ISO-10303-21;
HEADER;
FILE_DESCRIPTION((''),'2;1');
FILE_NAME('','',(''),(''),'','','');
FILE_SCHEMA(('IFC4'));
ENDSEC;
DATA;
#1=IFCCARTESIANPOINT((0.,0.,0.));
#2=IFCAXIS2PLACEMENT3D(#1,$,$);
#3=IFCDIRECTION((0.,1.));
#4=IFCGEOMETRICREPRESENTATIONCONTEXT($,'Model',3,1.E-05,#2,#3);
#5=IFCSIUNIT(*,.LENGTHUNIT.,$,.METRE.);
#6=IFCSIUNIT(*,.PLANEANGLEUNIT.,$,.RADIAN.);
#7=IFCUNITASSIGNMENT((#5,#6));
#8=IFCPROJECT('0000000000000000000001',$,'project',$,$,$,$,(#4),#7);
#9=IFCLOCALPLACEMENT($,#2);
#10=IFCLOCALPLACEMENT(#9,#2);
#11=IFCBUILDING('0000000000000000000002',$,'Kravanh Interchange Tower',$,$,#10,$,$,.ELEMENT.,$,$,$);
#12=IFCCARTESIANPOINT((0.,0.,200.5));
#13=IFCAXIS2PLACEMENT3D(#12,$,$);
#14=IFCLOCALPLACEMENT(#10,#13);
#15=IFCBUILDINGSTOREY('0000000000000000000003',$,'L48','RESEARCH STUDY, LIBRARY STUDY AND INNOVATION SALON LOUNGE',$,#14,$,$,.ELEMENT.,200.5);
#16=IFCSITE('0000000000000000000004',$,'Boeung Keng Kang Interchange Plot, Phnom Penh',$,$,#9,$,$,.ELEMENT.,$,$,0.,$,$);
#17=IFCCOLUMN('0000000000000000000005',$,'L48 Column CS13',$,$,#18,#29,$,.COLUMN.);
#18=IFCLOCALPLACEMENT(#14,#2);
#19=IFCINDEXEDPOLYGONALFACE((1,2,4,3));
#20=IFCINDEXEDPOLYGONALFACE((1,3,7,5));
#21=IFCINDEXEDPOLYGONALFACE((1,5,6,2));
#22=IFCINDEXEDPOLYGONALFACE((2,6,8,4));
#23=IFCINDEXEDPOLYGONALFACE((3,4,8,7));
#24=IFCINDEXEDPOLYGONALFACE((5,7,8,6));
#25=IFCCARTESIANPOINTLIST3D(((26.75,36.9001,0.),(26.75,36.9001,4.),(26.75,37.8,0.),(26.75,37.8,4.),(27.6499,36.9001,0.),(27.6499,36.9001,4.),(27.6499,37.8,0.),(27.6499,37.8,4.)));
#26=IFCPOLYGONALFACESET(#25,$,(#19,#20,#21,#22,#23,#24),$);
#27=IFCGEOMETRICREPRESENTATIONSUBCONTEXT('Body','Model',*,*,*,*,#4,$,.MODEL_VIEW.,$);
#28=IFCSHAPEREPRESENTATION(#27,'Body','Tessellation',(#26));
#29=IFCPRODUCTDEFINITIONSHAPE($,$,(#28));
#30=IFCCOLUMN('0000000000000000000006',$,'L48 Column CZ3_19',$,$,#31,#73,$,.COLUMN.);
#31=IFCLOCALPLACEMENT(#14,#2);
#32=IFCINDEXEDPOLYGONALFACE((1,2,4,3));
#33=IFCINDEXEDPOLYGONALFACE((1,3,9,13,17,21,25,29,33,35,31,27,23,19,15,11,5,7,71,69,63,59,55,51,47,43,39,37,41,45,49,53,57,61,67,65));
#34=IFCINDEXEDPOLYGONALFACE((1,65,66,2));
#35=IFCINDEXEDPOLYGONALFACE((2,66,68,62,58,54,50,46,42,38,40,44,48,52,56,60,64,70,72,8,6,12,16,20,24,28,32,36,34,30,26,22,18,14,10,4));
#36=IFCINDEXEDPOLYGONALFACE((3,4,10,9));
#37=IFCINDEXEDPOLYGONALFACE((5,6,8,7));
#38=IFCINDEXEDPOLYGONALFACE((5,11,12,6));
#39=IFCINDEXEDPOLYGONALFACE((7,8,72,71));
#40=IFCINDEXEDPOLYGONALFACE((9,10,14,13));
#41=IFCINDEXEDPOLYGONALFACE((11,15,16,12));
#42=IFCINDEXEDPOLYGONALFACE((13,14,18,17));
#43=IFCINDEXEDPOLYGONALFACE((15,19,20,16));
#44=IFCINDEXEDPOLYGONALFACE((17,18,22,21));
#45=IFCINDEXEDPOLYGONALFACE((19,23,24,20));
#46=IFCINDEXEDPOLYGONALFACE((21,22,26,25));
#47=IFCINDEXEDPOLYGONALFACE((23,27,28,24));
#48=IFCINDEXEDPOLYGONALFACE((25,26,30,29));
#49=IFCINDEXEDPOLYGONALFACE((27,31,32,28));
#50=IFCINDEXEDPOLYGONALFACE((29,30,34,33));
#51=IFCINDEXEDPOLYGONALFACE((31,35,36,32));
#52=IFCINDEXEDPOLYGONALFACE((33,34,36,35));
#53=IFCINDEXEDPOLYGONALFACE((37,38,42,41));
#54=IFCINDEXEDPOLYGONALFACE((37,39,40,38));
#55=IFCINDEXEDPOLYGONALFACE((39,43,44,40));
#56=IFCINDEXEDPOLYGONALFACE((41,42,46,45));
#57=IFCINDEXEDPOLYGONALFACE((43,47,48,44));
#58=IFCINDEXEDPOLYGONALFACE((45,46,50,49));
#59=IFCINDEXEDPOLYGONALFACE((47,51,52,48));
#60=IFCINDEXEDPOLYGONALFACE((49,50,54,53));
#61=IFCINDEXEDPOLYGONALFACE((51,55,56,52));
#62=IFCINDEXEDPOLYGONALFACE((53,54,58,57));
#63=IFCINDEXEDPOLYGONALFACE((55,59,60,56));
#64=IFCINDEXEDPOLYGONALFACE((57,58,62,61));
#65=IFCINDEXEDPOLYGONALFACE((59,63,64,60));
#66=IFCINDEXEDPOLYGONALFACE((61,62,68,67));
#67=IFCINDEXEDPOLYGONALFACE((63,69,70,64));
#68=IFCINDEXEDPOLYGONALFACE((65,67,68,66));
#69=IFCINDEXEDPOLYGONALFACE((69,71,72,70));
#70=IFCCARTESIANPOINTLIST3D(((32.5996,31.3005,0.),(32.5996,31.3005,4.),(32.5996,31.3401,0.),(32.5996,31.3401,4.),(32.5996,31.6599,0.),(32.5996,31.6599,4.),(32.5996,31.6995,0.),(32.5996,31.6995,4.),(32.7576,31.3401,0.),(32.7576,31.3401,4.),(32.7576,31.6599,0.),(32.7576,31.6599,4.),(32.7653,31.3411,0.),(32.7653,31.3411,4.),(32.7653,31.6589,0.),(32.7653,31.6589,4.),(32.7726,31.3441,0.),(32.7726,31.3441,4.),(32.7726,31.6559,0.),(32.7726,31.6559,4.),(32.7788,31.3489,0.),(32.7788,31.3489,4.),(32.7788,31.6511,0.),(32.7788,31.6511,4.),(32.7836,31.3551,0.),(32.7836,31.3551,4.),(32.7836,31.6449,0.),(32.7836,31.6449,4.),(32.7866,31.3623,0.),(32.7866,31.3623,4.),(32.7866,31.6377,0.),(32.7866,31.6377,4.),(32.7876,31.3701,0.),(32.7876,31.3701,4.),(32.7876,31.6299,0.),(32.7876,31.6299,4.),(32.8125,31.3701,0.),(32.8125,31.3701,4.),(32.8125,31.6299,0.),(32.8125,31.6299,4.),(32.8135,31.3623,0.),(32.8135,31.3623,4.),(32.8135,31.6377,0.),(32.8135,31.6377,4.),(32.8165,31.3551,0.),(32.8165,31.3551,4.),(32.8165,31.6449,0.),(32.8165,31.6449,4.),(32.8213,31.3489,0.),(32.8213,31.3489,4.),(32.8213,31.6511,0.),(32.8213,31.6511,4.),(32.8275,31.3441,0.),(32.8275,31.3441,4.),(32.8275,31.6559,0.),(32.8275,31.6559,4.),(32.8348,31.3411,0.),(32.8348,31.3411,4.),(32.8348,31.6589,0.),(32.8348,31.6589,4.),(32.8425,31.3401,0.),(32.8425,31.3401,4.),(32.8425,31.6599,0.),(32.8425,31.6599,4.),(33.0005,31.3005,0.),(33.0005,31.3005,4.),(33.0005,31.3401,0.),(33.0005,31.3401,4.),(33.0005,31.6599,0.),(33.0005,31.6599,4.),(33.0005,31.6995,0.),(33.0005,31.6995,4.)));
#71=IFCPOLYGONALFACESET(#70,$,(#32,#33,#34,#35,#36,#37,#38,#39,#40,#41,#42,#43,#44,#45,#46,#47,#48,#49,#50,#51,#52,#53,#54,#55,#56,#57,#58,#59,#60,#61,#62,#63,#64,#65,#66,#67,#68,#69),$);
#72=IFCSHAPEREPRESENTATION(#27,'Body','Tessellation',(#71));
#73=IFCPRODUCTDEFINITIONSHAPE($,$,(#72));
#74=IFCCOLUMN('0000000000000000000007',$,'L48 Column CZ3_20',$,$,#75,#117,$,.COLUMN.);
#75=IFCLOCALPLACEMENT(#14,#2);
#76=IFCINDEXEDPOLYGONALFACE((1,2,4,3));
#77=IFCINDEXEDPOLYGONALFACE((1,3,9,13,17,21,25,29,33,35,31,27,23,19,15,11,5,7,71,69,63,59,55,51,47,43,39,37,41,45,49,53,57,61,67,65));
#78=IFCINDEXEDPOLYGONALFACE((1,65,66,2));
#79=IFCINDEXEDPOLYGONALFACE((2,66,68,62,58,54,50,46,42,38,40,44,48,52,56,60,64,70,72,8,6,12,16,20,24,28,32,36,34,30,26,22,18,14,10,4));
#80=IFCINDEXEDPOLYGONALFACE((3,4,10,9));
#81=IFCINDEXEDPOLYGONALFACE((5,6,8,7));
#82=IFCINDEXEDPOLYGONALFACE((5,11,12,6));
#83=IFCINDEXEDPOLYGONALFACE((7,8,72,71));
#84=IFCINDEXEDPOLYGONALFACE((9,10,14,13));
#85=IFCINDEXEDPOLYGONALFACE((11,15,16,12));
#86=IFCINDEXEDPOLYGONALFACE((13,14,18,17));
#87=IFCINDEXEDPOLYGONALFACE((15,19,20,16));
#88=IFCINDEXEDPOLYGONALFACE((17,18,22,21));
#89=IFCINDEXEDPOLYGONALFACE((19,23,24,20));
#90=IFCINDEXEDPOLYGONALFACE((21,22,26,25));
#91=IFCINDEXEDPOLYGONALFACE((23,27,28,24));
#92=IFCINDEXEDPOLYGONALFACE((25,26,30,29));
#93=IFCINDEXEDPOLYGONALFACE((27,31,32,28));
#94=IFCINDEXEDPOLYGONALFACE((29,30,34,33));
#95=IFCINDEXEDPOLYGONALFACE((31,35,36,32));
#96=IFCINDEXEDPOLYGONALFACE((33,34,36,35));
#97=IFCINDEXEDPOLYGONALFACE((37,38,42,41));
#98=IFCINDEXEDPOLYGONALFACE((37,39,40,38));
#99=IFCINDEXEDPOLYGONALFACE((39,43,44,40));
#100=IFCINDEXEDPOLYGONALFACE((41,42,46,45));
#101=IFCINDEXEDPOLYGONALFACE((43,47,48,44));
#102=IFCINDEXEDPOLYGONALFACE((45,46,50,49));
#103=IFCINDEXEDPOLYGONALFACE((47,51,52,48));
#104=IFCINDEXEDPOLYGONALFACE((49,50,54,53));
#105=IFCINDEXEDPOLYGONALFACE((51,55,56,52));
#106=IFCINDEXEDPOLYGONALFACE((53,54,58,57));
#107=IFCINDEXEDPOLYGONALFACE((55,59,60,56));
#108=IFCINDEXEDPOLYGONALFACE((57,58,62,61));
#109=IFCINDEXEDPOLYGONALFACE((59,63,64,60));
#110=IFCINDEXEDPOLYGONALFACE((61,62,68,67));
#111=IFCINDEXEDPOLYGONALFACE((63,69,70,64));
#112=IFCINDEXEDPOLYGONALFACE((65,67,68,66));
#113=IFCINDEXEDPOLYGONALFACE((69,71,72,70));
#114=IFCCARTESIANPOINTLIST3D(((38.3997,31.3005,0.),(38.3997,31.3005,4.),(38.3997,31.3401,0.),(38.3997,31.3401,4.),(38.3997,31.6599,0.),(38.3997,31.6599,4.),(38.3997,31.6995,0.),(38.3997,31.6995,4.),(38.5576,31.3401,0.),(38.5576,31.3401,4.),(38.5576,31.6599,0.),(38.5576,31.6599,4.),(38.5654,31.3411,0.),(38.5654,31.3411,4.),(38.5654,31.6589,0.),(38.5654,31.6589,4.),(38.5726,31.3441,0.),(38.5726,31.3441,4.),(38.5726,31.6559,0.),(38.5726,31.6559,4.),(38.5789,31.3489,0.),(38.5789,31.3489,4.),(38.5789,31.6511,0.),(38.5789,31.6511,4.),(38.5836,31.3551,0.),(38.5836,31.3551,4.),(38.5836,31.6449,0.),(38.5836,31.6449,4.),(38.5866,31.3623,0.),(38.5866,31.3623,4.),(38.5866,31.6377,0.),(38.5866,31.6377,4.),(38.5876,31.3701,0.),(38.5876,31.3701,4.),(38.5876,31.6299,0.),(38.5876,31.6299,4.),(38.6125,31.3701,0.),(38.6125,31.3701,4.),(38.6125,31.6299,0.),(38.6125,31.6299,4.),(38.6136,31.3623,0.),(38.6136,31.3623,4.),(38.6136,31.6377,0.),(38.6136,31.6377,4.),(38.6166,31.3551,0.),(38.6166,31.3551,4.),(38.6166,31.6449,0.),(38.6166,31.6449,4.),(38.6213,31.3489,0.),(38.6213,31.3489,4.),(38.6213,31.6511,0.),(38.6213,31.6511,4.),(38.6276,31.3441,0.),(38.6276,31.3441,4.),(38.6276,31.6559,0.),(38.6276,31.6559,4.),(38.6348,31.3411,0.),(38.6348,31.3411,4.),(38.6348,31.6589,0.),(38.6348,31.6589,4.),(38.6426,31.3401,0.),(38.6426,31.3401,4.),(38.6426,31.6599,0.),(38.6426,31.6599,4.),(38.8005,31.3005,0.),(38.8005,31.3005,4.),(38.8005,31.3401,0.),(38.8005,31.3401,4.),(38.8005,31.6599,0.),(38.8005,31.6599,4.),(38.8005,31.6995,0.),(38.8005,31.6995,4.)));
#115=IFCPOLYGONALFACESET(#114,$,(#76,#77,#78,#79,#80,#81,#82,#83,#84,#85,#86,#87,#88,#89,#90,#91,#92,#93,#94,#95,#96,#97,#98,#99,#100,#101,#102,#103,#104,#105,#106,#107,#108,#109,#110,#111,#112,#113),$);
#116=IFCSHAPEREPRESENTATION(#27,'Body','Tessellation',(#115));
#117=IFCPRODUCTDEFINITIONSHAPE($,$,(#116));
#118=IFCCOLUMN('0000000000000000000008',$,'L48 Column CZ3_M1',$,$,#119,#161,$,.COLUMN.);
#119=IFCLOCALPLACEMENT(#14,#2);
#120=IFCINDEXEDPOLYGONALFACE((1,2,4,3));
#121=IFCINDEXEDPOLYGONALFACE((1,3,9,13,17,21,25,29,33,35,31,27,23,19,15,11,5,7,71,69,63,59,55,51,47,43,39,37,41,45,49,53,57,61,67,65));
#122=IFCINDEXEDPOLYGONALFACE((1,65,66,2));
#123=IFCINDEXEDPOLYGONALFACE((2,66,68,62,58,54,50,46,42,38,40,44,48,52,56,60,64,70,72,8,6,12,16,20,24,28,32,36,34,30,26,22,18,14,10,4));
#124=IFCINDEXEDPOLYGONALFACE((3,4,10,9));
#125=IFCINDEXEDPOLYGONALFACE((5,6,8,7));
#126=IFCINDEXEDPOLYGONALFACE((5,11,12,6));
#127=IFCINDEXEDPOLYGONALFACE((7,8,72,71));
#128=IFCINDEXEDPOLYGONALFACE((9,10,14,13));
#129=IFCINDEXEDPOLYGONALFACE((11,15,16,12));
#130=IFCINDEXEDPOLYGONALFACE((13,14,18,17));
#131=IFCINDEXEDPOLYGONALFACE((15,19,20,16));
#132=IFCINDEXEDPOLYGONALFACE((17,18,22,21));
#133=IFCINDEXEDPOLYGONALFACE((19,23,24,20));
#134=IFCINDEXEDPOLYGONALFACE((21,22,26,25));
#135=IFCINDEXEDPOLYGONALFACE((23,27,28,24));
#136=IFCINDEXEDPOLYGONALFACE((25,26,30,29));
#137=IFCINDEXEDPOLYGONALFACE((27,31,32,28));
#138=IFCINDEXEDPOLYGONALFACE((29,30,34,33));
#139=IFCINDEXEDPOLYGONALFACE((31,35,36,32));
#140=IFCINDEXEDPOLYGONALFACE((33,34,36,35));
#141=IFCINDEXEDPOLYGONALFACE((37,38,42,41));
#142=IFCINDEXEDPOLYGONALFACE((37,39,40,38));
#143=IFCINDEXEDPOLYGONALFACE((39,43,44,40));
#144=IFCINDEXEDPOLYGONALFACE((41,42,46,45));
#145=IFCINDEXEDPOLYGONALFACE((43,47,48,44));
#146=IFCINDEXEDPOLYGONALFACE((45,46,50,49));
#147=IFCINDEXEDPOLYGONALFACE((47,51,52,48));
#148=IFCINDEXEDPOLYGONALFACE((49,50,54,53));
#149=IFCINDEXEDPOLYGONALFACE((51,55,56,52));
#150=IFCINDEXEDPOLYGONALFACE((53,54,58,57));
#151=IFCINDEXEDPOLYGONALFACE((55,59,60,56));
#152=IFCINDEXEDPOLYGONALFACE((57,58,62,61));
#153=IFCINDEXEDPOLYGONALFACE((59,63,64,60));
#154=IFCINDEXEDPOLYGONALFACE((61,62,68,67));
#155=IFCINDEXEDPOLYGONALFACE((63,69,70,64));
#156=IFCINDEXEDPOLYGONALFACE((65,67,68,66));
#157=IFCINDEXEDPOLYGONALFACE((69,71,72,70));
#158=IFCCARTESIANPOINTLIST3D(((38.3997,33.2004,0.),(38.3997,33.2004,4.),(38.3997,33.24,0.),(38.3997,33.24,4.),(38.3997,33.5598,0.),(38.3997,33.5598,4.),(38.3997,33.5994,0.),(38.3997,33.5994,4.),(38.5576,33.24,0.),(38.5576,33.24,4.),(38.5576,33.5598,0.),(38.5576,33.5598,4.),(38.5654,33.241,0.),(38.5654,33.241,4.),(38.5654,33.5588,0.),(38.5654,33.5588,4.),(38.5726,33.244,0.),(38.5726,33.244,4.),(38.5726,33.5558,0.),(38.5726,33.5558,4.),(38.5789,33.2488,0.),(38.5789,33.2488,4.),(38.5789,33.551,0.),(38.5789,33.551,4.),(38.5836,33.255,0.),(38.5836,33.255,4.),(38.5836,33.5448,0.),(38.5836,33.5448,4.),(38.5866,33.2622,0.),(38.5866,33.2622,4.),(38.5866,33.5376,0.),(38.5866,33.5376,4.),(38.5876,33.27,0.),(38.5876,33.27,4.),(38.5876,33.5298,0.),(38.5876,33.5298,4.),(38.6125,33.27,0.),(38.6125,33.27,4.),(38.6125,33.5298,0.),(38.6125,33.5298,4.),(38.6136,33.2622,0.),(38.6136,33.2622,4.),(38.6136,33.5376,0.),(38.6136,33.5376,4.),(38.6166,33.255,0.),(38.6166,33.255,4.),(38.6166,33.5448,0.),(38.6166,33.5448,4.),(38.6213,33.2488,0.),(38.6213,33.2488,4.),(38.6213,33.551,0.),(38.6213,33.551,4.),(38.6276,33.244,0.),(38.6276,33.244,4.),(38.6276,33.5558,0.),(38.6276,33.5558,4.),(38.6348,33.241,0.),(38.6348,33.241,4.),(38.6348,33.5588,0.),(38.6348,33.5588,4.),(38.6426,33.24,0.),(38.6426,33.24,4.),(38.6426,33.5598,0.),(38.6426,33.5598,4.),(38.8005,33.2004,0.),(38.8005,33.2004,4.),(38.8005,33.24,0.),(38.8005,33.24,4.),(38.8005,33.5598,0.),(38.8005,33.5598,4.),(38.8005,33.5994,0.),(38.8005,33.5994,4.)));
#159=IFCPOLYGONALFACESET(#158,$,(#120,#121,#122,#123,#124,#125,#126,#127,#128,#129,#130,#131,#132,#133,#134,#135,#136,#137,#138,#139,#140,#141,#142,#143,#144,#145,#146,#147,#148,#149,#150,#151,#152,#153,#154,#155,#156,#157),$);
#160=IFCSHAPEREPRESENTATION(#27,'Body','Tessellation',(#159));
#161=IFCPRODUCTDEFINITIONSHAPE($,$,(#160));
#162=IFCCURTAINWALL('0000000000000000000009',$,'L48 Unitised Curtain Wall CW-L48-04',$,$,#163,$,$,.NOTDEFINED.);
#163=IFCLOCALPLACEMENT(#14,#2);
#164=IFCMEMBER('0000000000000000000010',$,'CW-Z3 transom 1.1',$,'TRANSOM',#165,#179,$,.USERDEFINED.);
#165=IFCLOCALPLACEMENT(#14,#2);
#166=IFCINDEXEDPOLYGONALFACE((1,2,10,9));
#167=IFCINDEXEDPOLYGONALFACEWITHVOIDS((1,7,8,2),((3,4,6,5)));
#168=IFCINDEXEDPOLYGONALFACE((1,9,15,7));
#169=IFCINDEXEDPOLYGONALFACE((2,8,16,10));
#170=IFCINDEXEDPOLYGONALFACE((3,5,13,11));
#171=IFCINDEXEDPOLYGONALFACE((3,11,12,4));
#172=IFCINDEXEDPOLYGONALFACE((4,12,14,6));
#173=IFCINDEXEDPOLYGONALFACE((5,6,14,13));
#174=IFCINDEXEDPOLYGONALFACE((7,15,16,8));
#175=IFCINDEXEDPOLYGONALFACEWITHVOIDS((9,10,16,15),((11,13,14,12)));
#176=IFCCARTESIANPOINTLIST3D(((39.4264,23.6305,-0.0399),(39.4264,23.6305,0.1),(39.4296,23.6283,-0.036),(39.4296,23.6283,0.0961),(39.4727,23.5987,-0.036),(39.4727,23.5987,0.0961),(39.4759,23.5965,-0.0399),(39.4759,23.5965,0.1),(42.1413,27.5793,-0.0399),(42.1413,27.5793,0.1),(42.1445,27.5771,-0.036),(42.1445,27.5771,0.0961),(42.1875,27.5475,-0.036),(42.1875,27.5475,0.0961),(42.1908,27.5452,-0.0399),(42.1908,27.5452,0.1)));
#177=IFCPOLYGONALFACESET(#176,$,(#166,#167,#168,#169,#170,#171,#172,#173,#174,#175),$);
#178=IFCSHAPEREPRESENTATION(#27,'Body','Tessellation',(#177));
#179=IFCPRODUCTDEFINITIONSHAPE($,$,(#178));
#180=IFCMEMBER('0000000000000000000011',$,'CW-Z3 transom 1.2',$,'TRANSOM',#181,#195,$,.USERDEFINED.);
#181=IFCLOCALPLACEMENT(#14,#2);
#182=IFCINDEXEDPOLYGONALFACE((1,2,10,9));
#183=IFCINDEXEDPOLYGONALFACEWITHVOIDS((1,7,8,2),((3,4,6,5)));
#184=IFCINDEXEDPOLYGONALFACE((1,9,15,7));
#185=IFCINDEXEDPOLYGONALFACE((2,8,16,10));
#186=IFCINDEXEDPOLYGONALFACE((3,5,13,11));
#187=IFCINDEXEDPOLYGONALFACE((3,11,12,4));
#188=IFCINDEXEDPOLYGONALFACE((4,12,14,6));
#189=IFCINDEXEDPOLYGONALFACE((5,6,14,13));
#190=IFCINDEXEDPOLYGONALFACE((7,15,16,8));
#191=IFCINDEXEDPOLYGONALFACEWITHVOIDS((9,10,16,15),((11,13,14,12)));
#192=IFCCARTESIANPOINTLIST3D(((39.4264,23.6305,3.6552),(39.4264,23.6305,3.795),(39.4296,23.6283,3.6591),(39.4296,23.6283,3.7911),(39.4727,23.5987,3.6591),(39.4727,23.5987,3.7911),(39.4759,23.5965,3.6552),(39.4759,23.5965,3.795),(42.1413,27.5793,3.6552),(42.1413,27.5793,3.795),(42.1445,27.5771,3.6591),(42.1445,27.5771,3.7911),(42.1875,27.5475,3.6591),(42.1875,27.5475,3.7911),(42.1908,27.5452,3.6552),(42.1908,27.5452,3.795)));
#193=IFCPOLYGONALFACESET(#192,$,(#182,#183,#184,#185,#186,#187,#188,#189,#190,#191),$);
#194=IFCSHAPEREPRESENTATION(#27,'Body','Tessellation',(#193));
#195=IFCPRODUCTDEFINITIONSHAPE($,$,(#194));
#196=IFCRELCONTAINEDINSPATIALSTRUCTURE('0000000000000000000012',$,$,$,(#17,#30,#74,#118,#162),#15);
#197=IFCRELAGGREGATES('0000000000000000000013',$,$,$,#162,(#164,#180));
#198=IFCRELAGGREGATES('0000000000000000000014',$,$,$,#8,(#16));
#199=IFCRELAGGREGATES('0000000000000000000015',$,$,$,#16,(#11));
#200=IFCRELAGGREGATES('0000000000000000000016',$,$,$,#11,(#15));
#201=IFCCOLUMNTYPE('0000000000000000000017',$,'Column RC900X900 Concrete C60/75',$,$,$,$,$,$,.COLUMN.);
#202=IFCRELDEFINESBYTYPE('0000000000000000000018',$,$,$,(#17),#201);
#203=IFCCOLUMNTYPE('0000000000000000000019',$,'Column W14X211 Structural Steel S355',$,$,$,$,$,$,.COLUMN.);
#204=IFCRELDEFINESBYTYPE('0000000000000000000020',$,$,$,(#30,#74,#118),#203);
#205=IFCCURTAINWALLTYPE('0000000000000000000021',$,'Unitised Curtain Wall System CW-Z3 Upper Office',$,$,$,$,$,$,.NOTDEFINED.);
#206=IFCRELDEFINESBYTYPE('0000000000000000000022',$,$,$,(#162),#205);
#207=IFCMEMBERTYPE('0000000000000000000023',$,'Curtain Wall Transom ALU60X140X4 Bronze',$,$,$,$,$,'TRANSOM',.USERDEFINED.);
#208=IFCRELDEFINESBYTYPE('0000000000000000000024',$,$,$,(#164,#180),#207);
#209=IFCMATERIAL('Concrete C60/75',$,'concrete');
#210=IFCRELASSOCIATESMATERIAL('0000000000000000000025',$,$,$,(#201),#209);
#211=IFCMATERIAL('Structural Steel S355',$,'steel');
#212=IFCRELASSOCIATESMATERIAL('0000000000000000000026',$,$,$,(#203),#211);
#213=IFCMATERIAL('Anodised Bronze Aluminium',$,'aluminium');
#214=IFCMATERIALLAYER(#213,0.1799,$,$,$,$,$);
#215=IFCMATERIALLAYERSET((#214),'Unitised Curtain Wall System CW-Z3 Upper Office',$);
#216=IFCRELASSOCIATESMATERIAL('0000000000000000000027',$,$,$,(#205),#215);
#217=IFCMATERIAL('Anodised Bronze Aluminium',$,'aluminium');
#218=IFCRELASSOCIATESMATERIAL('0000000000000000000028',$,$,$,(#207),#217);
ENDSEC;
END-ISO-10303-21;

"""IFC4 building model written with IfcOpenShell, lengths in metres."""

from ifc_helpers import new_model, si_unit, direction, frame, origin, origin_2d, place, context, subcontext, project, spatial, rectangle, hollow_rectangle, i_section, extrude, material, layer, layer_set, material_profile, profile_set, type_object, element, aggregate, save


model = new_model("IFC4")

# Units and contexts
model_context = context("Model", 3, precision=1e-05, world=origin(), true_north=direction((0.0, 1.0)))
body_context = subcontext(model_context, "Body", "Model", "MODEL_VIEW")
ifc_project = project(units=[si_unit("LENGTHUNIT", "METRE"), si_unit("PLANEANGLEUNIT", "RADIAN")], contexts=[model_context])

# Site, building, storey
site_placement = place(None, origin())
site = spatial("IfcSite", under=ifc_project, at=site_placement, Name="Boeung Keng Kang Interchange Plot, Phnom Penh", CompositionType="ELEMENT", RefElevation=0.0)
building_placement = place(site_placement, origin())
building = spatial("IfcBuilding", under=site, at=building_placement, Name="Kravanh Interchange Tower", CompositionType="ELEMENT")
storey_placement = place(building_placement, frame((0.0, 0.0, 200.5)))
storey = spatial("IfcBuildingStorey", under=building, at=storey_placement, Name="L48", Description="RESEARCH STUDY, LIBRARY STUDY AND INNOVATION SALON LOUNGE", CompositionType="ELEMENT", Elevation=200.5)

# Columns
ifc_material_1 = material(Name="Concrete C60/75", Category="concrete")
ifc_material_profile_1 = material_profile(ifc_material_1, rectangle(XDim=0.8999, YDim=0.8999, at=origin_2d()), Name="RC900X900")
ifc_profile_set_1 = profile_set([ifc_material_profile_1], Name="Concrete C60/75")
column_type_1 = type_object("IfcColumnType", Name="Column RC900X900 Concrete C60/75", PredefinedType="COLUMN", material=ifc_profile_set_1)
column_placement = place(storey_placement, frame((27.2, 37.3501, 0.0), z_axis=(0.0, 0.0, 1.0), x_axis=(1.0, 0.0, 0.0)))
element("IfcColumn", 1, at=column_placement, inside=storey, type_object=column_type_1, Name="L48 Column CS13", PredefinedType="COLUMN", context=body_context, shape_type="SweptSolid", body=[
    extrude(rectangle(XDim=0.8999, YDim=0.8999, at=origin_2d()), origin(), (0.0, 0.0, 1.0), 4.0),
])
ifc_material_2 = material(Name="Structural Steel S355", Category="steel")
ifc_material_profile_2 = material_profile(ifc_material_2, i_section(OverallWidth=0.4009, OverallDepth=0.3989, WebThickness=0.0249, FlangeThickness=0.0396, FilletRadius=0.03, at=origin_2d()), Name="W14X211")
ifc_profile_set_2 = profile_set([ifc_material_profile_2], Name="Structural Steel S355")
column_type_2 = type_object("IfcColumnType", Name="Column W14X211 Structural Steel S355", PredefinedType="COLUMN", material=ifc_profile_set_2)
for number, where, z_axis, x_axis, name in (
    (2, (32.8, 31.5, 0.0), (0.0, 0.0, 1.0), (1.0, 0.0, 0.0), "L48 Column CZ3_19"),
    (3, (38.6001, 31.5, 0.0), (0.0, 0.0, 1.0), (1.0, 0.0, 0.0), "L48 Column CZ3_20"),
    (4, (38.6001, 33.3999, 0.0), (0.0, 0.0, 1.0), (1.0, 0.0, 0.0), "L48 Column CZ3_M1"),
):
    element("IfcColumn", number, at=place(storey_placement, frame(where, z_axis=z_axis, x_axis=x_axis)), inside=storey, type_object=column_type_2, Name=name, PredefinedType="COLUMN", context=body_context, shape_type="SweptSolid", body=[
        extrude(i_section(OverallWidth=0.4009, OverallDepth=0.3989, WebThickness=0.0249, FlangeThickness=0.0396, FilletRadius=0.03, at=origin_2d()), origin(), (0.0, 0.0, 1.0), 4.0),
    ])

# Curtain wall, members
ifc_material_3 = material(Name="Anodised Bronze Aluminium", Category="aluminium")
ifc_layer = layer(ifc_material_3, 0.1799)
ifc_layer_set = layer_set([ifc_layer], Name="Unitised Curtain Wall System CW-Z3 Upper Office")
curtain_wall_type = type_object("IfcCurtainWallType", Name="Unitised Curtain Wall System CW-Z3 Upper Office", PredefinedType="NOTDEFINED", material=ifc_layer_set)
curtain_wall_placement = place(storey_placement, origin())
curtain_wall = element("IfcCurtainWall", 5, at=curtain_wall_placement, inside=storey, type_object=curtain_wall_type, Name="L48 Unitised Curtain Wall CW-L48-04", PredefinedType="NOTDEFINED")
ifc_material_4 = material(Name="Anodised Bronze Aluminium", Category="aluminium")
ifc_material_profile_3 = material_profile(ifc_material_4, hollow_rectangle(XDim=0.0601, YDim=0.1399, WallThickness=0.0039, at=origin_2d()), Name="ALU60X140X4")
ifc_profile_set_3 = profile_set([ifc_material_profile_3], Name="Anodised Bronze Aluminium")
member_type = type_object("IfcMemberType", Name="Curtain Wall Transom ALU60X140X4 Bronze", ElementType="TRANSOM", PredefinedType="USERDEFINED", material=ifc_profile_set_3)
member_1_placement = place(storey_placement, frame((42.166, 27.5623, 0.03), z_axis=(-0.566542, -0.824033, 0.0), x_axis=(0.824033, -0.566542, 0.0)))
member_1 = element("IfcMember", 6, at=member_1_placement, type_object=member_type, Name="CW-Z3 transom 1.1", ObjectType="TRANSOM", PredefinedType="USERDEFINED", context=body_context, shape_type="SweptSolid", body=[
    extrude(hollow_rectangle(XDim=0.0601, YDim=0.1399, WallThickness=0.0039, at=origin_2d()), origin(), (0.0, 0.0, 1.0), 4.792),
])
member_2_placement = place(storey_placement, frame((42.166, 27.5623, 3.7251), z_axis=(-0.566542, -0.824033, 0.0), x_axis=(0.824033, -0.566542, 0.0)))
member_2 = element("IfcMember", 7, at=member_2_placement, type_object=member_type, Name="CW-Z3 transom 1.2", ObjectType="TRANSOM", PredefinedType="USERDEFINED", context=body_context, shape_type="SweptSolid", body=[
    extrude(hollow_rectangle(XDim=0.0601, YDim=0.1399, WallThickness=0.0039, at=origin_2d()), origin(), (0.0, 0.0, 1.0), 4.792),
])
aggregate(curtain_wall, [member_1, member_2])

save(model, "model.ifc")
